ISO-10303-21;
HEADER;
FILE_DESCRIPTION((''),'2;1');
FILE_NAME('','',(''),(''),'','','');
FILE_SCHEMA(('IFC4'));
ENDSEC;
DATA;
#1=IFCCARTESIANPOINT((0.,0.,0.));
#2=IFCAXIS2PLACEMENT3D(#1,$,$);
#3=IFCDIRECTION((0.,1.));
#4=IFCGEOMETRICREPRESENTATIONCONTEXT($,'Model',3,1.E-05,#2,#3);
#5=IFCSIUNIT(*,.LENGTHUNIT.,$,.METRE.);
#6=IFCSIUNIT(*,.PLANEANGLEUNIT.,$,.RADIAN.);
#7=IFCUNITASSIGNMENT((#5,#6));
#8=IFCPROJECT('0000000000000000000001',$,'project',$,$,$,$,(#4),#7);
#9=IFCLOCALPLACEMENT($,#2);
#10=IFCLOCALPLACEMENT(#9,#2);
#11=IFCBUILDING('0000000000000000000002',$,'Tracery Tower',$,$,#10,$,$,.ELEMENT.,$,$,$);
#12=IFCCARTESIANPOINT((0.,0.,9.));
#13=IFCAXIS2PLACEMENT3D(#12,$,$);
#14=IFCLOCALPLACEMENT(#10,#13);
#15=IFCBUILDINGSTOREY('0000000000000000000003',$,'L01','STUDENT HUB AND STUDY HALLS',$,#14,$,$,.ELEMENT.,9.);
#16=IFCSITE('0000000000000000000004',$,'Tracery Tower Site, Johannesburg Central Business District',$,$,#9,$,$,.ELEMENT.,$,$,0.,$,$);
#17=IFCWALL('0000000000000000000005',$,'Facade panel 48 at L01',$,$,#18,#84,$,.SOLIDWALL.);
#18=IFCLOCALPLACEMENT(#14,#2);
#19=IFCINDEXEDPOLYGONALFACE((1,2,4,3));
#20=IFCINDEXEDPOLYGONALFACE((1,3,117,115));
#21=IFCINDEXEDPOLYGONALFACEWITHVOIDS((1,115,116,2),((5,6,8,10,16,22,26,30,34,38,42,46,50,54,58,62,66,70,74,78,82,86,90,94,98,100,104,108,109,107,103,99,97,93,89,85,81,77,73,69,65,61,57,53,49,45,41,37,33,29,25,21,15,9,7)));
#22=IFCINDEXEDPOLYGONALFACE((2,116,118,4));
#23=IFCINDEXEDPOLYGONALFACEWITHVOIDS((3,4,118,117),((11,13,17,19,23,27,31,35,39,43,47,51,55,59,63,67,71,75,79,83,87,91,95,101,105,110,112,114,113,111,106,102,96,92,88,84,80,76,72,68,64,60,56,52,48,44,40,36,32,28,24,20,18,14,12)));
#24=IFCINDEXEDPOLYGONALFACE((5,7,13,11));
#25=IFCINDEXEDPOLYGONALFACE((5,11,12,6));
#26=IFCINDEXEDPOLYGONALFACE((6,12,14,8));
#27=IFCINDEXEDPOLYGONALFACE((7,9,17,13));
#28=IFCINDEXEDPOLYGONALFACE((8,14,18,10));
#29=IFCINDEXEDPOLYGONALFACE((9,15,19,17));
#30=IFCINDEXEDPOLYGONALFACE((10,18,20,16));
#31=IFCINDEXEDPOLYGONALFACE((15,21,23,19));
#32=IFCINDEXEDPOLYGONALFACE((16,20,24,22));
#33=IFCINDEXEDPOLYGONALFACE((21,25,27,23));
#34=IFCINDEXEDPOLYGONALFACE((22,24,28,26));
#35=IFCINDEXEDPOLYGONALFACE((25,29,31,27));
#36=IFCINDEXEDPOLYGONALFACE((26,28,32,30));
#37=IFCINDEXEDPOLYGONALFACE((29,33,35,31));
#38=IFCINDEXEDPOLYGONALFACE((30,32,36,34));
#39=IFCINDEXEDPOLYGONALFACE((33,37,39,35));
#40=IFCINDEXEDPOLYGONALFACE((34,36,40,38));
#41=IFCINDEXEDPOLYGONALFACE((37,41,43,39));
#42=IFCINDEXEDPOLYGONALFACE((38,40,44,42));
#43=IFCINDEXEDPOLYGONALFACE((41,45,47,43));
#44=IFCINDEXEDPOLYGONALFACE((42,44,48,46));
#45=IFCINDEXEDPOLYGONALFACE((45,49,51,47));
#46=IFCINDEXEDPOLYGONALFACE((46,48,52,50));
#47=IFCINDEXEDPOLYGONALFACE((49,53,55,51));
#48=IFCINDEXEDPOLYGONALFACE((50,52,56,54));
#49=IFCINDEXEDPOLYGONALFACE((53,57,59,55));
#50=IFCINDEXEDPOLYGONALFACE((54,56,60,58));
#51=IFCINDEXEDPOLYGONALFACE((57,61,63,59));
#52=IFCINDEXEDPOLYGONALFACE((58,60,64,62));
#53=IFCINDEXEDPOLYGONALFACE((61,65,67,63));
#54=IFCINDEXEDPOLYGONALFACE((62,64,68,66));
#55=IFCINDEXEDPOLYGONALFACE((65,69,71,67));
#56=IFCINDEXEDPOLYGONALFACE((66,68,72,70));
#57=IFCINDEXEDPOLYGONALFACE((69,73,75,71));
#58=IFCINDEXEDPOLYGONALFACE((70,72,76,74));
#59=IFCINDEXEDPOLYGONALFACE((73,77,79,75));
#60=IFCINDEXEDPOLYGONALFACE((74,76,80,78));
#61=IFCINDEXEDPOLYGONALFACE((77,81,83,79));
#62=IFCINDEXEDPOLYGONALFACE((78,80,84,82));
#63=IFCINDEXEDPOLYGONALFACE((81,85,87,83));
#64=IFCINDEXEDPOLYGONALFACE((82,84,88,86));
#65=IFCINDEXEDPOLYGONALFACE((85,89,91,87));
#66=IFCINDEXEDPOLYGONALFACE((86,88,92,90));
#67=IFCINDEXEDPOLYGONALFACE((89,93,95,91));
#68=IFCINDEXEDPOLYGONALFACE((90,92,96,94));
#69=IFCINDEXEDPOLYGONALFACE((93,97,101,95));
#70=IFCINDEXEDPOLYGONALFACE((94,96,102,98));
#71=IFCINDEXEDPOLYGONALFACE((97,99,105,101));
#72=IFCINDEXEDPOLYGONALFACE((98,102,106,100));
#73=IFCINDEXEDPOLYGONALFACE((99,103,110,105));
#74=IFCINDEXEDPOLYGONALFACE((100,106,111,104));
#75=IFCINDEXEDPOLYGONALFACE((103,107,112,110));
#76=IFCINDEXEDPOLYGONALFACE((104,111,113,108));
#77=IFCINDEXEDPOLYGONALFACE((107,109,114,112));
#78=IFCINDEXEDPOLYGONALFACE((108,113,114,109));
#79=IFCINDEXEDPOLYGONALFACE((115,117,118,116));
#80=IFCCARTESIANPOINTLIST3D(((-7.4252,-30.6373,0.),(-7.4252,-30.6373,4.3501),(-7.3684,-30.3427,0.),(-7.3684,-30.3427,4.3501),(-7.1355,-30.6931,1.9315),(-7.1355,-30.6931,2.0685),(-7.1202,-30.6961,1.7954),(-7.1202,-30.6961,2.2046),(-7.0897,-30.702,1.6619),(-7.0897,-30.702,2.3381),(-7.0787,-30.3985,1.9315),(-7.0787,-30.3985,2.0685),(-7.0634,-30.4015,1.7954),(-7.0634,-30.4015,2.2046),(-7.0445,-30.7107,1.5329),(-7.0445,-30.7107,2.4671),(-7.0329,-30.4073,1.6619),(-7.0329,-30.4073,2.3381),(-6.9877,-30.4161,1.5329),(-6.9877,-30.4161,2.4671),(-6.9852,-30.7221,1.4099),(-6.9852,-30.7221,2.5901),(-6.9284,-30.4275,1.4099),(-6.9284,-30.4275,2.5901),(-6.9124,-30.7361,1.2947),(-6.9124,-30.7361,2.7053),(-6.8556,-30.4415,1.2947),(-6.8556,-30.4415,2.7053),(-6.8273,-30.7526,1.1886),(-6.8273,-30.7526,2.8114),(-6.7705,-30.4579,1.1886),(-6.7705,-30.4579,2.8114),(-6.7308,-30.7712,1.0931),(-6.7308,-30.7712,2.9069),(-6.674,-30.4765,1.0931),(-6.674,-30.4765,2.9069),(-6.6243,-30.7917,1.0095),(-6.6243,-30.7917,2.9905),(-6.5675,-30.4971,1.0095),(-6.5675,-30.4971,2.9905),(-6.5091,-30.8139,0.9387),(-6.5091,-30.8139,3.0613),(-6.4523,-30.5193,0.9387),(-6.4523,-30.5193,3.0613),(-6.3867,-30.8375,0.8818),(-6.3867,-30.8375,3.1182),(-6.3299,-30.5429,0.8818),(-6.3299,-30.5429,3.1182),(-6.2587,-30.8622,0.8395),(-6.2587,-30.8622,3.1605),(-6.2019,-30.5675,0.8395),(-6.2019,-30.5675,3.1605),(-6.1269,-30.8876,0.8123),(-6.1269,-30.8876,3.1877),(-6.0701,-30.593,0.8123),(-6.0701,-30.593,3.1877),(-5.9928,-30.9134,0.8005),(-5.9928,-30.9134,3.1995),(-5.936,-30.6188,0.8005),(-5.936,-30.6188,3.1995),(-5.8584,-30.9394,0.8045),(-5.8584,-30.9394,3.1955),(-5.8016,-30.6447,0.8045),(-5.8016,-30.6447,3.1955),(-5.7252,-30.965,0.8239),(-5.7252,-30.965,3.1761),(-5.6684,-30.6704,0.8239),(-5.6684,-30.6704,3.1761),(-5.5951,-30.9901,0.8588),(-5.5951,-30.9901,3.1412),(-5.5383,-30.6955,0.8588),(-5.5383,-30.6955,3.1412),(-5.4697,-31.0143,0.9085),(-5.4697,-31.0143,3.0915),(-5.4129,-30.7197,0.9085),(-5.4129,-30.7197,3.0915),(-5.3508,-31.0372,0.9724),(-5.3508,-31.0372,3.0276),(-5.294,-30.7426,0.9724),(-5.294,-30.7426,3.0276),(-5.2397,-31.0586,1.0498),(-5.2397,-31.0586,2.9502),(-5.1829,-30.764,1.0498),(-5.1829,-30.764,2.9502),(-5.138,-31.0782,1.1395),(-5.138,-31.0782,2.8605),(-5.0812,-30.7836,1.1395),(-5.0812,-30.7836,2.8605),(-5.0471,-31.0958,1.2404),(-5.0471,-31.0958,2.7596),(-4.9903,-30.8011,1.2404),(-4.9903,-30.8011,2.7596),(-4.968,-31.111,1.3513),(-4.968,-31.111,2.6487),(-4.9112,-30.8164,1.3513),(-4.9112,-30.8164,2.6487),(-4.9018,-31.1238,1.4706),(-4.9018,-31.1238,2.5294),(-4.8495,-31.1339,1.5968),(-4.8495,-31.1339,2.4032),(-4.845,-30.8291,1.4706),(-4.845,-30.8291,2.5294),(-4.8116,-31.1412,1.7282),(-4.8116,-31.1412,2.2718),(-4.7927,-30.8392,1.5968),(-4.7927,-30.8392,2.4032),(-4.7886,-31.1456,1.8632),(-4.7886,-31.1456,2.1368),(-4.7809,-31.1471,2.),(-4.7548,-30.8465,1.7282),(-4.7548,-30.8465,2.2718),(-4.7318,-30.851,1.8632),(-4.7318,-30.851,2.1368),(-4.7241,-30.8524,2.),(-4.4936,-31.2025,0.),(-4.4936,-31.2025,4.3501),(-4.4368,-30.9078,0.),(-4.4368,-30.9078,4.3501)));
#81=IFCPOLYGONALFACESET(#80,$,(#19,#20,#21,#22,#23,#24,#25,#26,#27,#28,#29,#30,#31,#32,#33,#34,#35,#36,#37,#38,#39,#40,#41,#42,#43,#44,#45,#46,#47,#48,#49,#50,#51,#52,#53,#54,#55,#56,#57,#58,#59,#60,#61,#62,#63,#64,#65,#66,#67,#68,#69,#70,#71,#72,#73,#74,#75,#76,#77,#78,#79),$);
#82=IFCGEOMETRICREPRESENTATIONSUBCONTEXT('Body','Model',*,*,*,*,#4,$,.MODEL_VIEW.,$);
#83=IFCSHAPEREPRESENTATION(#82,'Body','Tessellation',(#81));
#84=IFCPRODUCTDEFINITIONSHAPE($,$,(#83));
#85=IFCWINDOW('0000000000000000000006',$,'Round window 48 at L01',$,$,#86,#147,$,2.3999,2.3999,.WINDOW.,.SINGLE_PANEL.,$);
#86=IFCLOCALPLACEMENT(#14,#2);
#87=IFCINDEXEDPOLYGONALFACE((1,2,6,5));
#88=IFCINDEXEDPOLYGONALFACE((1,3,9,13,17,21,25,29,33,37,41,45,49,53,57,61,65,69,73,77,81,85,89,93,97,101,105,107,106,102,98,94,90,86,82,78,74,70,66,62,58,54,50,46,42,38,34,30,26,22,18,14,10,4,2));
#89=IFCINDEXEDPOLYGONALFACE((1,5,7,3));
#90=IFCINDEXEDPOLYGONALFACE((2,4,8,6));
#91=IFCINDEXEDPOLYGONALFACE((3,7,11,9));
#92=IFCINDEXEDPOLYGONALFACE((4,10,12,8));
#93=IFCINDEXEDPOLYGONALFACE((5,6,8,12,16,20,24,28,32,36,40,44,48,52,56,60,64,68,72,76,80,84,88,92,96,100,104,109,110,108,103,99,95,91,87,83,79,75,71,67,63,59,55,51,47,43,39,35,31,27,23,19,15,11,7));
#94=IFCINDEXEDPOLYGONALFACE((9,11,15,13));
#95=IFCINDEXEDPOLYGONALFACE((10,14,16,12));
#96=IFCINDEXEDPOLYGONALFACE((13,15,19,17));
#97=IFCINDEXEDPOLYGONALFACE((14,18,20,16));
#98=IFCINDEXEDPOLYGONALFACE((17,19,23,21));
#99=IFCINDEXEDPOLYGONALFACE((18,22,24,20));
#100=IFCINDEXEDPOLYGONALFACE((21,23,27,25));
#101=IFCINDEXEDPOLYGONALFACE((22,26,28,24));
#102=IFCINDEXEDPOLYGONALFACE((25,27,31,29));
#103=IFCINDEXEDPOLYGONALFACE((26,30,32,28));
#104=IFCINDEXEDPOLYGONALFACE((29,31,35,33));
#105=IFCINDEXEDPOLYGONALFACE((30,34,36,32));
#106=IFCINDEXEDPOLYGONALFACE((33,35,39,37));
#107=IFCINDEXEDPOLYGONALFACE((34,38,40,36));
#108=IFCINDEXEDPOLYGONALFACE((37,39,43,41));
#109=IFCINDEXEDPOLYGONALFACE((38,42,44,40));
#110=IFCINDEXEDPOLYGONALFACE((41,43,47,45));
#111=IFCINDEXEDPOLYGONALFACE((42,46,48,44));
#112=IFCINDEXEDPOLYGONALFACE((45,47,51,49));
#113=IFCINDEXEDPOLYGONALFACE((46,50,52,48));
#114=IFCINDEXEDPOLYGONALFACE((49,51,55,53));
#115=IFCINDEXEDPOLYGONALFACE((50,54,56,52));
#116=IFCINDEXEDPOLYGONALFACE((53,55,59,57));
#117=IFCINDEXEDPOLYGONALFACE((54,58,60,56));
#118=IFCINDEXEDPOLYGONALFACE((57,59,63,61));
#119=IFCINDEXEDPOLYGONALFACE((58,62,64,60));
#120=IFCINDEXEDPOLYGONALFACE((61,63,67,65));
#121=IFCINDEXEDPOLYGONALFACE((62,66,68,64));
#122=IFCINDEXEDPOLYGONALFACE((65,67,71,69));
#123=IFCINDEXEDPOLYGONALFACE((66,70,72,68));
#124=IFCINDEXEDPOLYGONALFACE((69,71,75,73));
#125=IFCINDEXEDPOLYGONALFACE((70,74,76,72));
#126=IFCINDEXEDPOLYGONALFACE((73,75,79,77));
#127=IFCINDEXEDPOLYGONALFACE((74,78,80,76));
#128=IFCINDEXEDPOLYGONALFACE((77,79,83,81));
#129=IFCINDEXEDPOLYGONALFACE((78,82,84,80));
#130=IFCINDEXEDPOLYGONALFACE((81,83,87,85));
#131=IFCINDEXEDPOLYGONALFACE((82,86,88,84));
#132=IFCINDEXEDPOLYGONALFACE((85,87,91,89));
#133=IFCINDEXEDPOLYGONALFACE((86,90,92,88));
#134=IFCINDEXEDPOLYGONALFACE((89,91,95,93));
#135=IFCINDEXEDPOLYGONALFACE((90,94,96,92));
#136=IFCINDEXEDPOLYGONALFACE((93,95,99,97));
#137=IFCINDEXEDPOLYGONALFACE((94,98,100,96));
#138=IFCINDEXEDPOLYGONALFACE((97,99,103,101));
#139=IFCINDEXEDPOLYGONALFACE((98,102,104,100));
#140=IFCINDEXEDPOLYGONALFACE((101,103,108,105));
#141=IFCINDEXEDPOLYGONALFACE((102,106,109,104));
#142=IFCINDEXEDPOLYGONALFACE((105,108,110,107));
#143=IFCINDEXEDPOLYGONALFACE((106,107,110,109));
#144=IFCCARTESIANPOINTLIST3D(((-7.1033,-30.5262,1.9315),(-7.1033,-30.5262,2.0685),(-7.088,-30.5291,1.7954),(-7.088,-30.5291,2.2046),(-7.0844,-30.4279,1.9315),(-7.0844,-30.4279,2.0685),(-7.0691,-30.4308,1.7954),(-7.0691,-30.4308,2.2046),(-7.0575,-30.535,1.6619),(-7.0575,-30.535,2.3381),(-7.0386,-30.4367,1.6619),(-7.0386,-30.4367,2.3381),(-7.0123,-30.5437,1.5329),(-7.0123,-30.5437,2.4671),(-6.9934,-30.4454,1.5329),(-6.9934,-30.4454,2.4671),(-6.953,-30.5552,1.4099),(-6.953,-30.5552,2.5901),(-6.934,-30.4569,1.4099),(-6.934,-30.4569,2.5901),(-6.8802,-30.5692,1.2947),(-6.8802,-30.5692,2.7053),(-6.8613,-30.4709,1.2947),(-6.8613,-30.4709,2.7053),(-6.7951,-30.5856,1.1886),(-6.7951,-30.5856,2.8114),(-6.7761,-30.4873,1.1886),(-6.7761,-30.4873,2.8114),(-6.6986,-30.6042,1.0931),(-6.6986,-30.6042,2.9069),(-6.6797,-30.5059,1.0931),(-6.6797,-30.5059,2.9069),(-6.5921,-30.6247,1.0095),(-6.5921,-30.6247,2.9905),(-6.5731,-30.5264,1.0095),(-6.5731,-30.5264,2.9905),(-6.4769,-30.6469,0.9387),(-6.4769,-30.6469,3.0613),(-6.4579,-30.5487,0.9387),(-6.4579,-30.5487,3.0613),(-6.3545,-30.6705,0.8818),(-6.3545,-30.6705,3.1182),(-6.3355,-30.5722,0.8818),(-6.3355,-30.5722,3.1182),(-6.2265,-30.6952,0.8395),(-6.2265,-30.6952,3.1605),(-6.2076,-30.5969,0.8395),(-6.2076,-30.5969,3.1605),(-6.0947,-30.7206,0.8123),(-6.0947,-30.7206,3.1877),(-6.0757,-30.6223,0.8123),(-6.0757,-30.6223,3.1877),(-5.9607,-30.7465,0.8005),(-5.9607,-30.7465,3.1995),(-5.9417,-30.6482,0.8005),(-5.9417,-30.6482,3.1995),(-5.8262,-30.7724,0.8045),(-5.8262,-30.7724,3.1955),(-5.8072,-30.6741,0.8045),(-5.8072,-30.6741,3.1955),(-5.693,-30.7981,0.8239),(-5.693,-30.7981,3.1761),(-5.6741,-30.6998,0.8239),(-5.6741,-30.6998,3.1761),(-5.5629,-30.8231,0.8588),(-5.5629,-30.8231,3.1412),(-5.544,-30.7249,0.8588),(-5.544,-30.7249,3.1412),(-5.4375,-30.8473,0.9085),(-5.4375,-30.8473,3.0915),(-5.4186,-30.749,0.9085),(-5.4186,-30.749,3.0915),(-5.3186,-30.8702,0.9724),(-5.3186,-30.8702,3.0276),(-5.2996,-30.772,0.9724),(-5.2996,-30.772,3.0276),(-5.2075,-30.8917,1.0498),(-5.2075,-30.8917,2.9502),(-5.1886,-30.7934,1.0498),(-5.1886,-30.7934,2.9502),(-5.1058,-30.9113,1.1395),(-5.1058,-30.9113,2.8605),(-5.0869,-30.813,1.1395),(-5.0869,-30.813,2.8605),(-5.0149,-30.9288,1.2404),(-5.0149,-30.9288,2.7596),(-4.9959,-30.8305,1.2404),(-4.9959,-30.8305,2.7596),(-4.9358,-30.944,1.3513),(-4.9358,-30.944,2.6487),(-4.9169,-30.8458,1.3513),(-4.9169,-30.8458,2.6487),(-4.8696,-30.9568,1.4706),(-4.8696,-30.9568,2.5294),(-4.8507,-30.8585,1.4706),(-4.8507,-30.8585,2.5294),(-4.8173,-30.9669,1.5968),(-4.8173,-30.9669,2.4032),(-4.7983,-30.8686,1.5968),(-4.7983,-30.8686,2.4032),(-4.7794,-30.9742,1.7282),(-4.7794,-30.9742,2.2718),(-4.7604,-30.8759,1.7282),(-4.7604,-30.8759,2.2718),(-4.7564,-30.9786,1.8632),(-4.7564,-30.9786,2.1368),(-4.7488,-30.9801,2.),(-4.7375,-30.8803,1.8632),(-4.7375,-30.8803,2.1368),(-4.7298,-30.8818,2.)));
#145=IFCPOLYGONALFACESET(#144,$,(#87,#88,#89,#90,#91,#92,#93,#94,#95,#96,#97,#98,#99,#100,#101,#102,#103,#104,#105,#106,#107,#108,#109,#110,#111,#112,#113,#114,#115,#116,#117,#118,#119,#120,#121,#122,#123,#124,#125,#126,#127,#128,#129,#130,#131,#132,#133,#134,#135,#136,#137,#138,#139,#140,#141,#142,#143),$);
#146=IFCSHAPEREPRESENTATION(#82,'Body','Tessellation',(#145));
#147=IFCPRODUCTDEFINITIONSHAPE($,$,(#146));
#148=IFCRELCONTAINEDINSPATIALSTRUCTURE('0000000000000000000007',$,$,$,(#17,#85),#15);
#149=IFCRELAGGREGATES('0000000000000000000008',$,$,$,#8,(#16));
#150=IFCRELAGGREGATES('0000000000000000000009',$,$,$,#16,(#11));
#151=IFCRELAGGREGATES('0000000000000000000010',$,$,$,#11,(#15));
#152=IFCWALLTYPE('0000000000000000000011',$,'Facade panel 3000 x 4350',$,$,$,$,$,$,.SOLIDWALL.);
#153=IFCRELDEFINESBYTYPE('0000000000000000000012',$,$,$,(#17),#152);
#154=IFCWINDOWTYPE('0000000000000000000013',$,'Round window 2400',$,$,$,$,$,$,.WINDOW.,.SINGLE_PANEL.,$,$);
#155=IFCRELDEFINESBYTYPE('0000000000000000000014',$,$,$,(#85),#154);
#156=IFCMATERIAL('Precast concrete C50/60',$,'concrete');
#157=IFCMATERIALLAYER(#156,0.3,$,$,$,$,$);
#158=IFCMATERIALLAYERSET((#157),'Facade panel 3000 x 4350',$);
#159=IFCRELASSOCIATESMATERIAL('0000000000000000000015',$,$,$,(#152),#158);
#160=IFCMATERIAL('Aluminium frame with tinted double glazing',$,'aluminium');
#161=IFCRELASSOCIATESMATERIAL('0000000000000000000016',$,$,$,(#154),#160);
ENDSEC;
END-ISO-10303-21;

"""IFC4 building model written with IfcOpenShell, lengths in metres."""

from ifc_helpers import new_model, si_unit, direction, frame, frame_2d, origin, origin_2d, place, context, subcontext, project, spatial, rectangle, circle, extrude, material, layer, layer_set, type_object, element, fill, save


model = new_model("IFC4")

# Units and contexts
model_context = context("Model", 3, precision=1e-05, world=origin(), true_north=direction((0.0, 1.0)))
body_context = subcontext(model_context, "Body", "Model", "MODEL_VIEW")
ifc_project = project(units=[si_unit("LENGTHUNIT", "METRE"), si_unit("PLANEANGLEUNIT", "RADIAN")], contexts=[model_context])

# Site, building, storey
site_placement = place(None, origin())
site = spatial("IfcSite", under=ifc_project, at=site_placement, Name="Tracery Tower Site, Johannesburg Central Business District", CompositionType="ELEMENT", RefElevation=0.0)
building_placement = place(site_placement, origin())
building = spatial("IfcBuilding", under=site, at=building_placement, Name="Tracery Tower", CompositionType="ELEMENT")
storey_placement = place(building_placement, frame((0.0, 0.0, 9.0)))
storey = spatial("IfcBuildingStorey", under=building, at=storey_placement, Name="L01", Description="STUDENT HUB AND STUDY HALLS", CompositionType="ELEMENT", Elevation=9.0)

# Wall, opening, window
ifc_material_1 = material(Name="Precast concrete C50/60", Category="concrete")
ifc_layer_1 = layer(ifc_material_1, 0.3)
ifc_layer_set_1 = layer_set([ifc_layer_1], Name="Facade panel 3000 x 4350")
wall_type_1 = type_object("IfcWallType", Name="Facade panel 3000 x 4350", PredefinedType="SOLIDWALL", material=ifc_layer_set_1)
ifc_material_2 = material(Name="Aluminium frame with tinted double glazing", Category="aluminium")
window_type = type_object("IfcWindowType", Name="Round window 2400", PartitioningType="SINGLE_PANEL", PredefinedType="WINDOW", material=ifc_material_2)
wall_1_placement = place(storey_placement, frame((-7.3967, -30.49, 0.0), z_axis=(0.0, 0.0, 1.0), x_axis=(0.981919, -0.189302, 0.0)))
wall_1 = element("IfcWall", 1, at=wall_1_placement, inside=storey, type_object=wall_type_1, Name="Facade panel 48 at L01", PredefinedType="SOLIDWALL", context=body_context, shape_type="SweptSolid", body=[
    extrude(rectangle(XDim=2.9856, YDim=0.3, at=frame_2d((1.4927, 0.0))), origin(), (0.0, 0.0, 1.0), 4.3501),
])
opening_1_placement = place(wall_1_placement, frame((1.4929, 0.0, 2.0)))
opening_1 = element("IfcOpeningElement", 2, at=opening_1_placement, cuts=wall_1, PredefinedType="OPENING", context=body_context, shape_type="SweptSolid", body=[
    extrude(circle(Radius=1.2, at=origin_2d()), frame((0.0, 0.1599, 0.0), z_axis=(0.0, -1.0, 0.0), x_axis=(1.0, 0.0, 0.0)), (0.0, 0.0, 1.0), 0.3201),
])
window_1_placement = place(opening_1_placement, origin())
window_1 = element("IfcWindow", 3, at=window_1_placement, inside=storey, type_object=window_type, Name="Round window 48 at L01", OverallHeight=2.3999, OverallWidth=2.3999, PartitioningType="SINGLE_PANEL", PredefinedType="WINDOW", context=body_context, shape_type="SweptSolid", body=[
    extrude(circle(Radius=1.2, at=origin_2d()), frame((0.0, 0.1201, 0.0), z_axis=(0.0, -1.0, 0.0), x_axis=(1.0, 0.0, 0.0)), (0.0, 0.0, 1.0), 0.1001),
])
fill(opening_1, window_1)

save(model, "model.ifc")
